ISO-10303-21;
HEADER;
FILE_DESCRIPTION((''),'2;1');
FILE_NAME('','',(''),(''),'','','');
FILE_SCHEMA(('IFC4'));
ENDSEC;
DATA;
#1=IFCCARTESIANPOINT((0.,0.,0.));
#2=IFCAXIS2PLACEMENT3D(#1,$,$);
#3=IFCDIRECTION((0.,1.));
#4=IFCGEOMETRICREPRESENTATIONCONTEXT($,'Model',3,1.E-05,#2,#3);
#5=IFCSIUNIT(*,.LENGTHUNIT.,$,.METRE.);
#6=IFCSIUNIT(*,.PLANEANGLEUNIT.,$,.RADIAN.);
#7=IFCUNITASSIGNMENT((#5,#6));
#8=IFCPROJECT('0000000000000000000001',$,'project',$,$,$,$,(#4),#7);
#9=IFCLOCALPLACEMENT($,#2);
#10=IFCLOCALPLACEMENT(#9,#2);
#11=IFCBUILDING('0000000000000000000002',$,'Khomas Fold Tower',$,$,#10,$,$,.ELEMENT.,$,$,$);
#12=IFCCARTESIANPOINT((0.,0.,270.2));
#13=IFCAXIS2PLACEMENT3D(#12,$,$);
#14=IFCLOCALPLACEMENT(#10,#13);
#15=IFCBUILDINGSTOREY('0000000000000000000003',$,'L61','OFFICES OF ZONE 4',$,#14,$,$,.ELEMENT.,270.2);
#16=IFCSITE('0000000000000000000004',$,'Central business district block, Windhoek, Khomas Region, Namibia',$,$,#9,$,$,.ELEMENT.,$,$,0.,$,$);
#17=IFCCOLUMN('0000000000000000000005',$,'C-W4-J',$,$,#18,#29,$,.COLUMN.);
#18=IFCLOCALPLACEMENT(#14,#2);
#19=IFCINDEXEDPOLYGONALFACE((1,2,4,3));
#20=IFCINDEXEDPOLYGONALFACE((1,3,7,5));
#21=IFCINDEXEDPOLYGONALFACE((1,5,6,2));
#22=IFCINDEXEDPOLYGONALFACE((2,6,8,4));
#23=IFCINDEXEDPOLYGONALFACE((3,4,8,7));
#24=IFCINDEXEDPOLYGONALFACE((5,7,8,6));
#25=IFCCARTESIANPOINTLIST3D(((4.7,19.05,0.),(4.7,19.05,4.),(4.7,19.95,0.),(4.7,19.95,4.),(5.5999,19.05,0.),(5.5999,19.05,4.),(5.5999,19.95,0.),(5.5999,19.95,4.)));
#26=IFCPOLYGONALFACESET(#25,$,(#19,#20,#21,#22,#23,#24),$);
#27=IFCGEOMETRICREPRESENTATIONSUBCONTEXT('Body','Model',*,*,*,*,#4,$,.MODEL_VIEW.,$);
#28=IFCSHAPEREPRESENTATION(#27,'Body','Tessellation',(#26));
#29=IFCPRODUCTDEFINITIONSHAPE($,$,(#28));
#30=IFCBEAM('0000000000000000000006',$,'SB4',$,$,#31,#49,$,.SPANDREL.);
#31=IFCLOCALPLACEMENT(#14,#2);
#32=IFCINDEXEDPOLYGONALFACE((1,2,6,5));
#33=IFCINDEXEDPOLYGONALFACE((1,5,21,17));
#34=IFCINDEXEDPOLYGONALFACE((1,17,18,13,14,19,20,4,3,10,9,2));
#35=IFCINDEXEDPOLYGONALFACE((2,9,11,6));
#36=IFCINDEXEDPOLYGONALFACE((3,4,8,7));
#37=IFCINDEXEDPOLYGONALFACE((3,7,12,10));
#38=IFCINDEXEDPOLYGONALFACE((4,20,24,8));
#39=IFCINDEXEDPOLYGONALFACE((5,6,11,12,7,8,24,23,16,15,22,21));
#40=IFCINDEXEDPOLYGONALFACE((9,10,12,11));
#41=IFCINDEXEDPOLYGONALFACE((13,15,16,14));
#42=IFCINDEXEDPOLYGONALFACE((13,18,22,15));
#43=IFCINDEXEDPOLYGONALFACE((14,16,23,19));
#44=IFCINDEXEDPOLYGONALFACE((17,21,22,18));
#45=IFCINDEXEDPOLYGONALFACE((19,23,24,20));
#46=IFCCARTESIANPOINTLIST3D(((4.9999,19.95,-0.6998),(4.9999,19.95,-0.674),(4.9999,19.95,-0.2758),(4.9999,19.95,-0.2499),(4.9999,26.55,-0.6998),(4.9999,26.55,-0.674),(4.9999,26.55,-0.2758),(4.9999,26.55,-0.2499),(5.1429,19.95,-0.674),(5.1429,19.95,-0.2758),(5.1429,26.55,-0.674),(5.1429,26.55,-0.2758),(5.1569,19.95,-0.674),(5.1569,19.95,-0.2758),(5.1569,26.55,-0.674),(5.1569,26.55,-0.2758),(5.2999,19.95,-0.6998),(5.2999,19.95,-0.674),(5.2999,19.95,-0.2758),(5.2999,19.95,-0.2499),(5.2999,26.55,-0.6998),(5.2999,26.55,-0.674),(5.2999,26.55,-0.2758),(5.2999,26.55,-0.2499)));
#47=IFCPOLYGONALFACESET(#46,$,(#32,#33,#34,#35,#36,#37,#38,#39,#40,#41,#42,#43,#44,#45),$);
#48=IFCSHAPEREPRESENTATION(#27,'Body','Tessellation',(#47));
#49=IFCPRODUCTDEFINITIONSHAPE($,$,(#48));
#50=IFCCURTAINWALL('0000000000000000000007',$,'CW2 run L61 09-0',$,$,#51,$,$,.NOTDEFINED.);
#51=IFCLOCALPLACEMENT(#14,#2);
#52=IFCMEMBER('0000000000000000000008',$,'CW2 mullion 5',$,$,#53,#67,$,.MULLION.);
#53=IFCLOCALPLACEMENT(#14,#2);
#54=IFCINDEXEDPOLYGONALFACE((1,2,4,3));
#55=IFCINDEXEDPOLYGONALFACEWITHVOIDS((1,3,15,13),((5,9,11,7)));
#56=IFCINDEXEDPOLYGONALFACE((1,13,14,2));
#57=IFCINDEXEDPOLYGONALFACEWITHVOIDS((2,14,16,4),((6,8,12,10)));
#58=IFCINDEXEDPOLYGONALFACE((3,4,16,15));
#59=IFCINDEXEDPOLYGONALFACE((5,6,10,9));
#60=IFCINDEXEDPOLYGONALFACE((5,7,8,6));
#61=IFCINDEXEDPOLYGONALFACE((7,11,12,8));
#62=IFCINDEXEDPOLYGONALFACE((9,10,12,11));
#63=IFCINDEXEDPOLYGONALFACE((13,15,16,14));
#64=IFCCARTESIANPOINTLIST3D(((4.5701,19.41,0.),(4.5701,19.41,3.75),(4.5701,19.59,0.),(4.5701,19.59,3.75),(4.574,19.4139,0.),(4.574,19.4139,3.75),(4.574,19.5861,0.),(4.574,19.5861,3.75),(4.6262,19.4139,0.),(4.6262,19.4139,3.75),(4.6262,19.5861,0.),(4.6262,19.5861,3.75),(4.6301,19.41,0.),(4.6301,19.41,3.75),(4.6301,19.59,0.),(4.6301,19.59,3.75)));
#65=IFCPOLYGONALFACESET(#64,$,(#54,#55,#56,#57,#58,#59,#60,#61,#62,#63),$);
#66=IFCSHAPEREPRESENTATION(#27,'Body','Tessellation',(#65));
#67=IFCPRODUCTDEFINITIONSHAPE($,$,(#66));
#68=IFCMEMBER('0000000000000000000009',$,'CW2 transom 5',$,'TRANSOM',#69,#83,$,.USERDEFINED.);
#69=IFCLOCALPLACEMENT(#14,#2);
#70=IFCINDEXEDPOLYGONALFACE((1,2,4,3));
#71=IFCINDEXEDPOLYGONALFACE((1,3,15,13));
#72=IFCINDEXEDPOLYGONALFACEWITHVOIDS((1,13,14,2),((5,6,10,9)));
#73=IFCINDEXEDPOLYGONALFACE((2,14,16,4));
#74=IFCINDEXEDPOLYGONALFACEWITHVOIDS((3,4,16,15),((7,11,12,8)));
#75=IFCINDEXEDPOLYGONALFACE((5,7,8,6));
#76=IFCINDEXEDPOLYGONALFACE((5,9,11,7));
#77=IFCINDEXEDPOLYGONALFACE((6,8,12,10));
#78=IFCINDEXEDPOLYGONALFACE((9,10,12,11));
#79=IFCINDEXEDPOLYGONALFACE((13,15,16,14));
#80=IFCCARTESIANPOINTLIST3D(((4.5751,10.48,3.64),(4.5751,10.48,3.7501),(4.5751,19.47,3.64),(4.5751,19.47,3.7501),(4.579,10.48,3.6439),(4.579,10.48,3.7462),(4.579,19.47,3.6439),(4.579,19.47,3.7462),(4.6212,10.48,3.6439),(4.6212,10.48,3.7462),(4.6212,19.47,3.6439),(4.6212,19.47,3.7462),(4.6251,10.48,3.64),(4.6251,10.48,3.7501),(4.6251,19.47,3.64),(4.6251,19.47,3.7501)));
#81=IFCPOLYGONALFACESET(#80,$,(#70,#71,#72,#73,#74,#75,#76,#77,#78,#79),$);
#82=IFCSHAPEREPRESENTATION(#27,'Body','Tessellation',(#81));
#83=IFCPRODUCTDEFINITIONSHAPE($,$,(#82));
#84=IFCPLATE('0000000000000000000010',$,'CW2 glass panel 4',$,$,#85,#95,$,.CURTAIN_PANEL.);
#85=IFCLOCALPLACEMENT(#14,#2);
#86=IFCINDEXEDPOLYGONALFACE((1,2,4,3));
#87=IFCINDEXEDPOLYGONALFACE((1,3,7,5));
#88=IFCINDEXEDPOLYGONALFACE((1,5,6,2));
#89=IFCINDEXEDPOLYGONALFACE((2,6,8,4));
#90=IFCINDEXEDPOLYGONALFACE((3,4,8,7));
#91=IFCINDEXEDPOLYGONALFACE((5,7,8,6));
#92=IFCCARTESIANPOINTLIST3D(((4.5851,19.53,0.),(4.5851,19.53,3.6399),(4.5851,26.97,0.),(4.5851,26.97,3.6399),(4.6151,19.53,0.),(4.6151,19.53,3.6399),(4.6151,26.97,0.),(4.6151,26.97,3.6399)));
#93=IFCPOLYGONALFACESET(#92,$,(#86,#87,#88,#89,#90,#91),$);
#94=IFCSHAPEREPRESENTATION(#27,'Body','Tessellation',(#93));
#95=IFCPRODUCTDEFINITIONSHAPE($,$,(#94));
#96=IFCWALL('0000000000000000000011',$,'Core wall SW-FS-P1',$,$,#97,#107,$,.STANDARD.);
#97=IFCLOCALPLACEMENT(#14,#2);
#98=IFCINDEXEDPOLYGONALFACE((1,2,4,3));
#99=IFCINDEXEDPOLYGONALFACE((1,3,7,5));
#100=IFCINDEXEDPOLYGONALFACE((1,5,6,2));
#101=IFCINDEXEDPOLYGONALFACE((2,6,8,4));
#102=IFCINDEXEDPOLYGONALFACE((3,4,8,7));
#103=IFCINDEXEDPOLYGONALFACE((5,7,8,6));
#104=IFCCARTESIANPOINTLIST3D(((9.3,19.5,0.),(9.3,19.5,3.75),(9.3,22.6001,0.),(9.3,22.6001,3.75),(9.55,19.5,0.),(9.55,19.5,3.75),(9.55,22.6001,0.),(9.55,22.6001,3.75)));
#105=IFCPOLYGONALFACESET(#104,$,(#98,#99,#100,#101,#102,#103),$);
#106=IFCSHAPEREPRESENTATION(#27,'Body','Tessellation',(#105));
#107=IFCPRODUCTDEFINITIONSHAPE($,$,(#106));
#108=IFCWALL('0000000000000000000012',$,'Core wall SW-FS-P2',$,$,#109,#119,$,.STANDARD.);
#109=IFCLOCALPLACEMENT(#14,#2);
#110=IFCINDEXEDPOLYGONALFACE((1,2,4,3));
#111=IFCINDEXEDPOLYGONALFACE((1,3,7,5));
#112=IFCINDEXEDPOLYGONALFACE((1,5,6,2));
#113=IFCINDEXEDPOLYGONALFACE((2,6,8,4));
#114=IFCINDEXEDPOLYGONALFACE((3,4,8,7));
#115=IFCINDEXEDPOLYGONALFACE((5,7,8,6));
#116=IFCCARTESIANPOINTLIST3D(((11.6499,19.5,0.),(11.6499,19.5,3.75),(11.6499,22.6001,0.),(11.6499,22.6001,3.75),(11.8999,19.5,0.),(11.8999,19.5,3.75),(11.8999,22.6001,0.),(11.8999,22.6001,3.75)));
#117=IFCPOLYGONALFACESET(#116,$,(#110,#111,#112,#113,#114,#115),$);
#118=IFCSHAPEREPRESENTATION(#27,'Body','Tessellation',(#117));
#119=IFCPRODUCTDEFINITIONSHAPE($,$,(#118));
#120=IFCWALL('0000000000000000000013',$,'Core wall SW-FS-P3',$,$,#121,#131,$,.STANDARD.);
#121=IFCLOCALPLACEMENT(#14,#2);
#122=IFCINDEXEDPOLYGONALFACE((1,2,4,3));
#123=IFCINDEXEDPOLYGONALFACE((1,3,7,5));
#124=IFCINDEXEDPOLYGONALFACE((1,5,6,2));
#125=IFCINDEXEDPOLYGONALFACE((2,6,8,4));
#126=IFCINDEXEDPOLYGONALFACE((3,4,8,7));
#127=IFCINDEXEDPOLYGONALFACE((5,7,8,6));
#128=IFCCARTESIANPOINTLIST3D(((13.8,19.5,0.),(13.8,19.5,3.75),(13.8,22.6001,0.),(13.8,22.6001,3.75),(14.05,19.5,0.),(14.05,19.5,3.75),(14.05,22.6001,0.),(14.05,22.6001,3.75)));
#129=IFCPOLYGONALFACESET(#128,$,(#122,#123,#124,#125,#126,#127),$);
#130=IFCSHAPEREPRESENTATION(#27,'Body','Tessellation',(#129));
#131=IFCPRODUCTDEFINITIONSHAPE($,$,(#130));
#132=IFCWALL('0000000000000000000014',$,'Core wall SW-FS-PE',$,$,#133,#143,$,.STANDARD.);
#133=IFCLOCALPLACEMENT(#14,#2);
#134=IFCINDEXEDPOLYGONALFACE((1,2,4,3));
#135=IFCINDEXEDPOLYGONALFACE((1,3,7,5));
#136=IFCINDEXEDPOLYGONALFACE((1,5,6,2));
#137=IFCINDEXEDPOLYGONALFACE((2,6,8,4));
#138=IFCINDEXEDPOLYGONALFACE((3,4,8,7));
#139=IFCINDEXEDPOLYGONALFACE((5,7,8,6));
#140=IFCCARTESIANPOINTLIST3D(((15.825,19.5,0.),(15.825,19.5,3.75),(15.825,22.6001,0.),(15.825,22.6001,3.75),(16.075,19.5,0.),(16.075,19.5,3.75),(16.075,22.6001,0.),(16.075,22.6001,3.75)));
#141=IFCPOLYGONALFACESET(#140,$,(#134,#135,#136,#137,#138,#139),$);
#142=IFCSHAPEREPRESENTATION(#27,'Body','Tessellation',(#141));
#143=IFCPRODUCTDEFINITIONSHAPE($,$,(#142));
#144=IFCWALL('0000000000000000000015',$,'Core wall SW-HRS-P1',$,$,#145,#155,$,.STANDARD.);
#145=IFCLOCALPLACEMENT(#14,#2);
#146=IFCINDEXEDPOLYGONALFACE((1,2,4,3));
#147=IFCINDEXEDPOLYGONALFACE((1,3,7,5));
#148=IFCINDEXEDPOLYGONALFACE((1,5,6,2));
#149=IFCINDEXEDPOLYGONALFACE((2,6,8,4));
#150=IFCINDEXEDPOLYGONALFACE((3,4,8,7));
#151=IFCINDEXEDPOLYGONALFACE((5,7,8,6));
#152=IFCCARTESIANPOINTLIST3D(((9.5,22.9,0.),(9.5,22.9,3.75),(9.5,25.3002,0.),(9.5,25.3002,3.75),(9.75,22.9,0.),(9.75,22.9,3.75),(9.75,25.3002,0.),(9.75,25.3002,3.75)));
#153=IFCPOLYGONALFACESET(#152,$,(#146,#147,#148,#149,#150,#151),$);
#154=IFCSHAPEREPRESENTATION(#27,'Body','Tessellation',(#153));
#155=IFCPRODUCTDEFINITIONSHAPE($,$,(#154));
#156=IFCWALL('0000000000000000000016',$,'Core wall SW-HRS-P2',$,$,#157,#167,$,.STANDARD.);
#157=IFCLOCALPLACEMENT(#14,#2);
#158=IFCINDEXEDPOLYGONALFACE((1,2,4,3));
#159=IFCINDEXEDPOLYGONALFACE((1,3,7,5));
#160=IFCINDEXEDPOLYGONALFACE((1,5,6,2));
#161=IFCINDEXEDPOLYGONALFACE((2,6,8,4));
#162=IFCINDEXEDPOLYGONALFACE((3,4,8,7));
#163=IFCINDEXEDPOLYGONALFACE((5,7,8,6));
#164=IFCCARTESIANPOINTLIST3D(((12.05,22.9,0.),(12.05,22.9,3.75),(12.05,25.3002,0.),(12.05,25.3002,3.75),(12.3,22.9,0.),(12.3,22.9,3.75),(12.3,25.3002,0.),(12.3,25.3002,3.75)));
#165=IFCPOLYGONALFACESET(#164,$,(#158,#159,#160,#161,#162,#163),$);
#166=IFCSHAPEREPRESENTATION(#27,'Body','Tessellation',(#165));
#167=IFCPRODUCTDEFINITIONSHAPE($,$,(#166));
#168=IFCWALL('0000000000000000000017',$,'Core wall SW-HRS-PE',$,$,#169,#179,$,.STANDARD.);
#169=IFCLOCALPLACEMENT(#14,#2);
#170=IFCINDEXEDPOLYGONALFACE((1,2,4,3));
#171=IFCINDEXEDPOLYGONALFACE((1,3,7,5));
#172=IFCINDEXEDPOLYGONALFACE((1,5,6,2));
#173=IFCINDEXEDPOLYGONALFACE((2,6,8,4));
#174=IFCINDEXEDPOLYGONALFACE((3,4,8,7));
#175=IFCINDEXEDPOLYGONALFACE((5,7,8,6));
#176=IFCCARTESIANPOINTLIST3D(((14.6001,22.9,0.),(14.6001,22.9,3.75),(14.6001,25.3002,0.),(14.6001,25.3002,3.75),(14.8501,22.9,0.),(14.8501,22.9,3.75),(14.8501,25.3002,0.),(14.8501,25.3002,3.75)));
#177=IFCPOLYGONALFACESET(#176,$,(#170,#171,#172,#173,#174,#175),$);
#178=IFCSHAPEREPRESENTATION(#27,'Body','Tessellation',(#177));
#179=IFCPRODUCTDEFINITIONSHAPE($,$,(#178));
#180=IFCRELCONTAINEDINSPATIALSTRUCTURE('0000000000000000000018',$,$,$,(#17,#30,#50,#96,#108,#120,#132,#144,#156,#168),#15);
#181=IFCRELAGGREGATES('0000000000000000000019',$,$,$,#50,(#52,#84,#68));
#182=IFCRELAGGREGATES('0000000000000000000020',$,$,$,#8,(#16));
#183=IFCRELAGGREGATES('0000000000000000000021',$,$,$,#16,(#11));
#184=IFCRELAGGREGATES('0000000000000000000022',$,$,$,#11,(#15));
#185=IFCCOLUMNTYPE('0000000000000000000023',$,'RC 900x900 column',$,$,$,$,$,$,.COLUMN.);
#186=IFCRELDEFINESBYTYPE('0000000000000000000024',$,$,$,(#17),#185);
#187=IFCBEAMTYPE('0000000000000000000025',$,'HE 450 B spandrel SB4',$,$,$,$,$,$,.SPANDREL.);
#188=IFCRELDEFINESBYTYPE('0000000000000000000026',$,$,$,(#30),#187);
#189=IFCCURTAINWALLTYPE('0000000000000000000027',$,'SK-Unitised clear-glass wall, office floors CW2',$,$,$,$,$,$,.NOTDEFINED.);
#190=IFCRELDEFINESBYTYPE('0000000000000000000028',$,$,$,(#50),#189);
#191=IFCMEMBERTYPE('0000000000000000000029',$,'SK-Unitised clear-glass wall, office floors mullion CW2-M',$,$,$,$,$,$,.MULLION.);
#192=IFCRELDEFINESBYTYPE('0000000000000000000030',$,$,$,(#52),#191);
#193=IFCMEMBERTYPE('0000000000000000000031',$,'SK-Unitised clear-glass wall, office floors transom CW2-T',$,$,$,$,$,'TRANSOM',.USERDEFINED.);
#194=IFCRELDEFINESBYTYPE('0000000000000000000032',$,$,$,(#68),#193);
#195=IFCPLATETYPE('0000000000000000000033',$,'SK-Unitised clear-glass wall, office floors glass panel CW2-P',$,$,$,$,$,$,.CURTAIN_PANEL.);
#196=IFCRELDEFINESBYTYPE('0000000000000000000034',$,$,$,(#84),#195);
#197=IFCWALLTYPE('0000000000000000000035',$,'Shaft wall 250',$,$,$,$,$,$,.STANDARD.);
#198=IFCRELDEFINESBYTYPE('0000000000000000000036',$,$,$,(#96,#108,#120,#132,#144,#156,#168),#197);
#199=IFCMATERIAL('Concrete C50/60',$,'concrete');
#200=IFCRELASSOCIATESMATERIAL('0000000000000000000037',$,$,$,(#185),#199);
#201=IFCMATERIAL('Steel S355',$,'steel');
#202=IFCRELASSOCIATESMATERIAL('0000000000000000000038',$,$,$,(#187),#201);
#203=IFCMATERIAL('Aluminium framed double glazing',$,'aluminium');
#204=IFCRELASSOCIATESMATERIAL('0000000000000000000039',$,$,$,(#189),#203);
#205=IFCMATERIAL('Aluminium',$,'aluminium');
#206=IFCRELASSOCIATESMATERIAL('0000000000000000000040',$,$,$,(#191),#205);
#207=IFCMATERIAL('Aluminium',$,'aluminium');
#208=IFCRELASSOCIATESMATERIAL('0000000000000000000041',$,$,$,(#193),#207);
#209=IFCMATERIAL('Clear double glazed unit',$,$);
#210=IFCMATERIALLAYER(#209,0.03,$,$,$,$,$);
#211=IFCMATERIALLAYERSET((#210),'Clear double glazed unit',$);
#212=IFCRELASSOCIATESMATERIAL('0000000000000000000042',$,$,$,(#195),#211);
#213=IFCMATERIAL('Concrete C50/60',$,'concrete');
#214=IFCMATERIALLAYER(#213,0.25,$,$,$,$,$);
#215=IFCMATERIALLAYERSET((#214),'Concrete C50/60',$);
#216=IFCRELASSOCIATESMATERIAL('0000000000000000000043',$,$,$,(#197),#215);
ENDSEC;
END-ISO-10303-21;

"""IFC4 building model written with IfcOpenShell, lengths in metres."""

from ifc_helpers import new_model, si_unit, direction, frame, frame_2d, origin, origin_2d, place, context, subcontext, project, spatial, rectangle, hollow_rectangle, i_section, extrude, source, transform, mapped, material, layer, layer_set, material_profile, profile_set, type_object, element, aggregate, save


model = new_model("IFC4")

# Units and contexts
model_context = context("Model", 3, precision=1e-05, world=origin(), true_north=direction((0.0, 1.0)))
body_context = subcontext(model_context, "Body", "Model", "MODEL_VIEW")
ifc_project = project(units=[si_unit("LENGTHUNIT", "METRE"), si_unit("PLANEANGLEUNIT", "RADIAN")], contexts=[model_context])

# Site, building, storey
site_placement = place(None, origin())
site = spatial("IfcSite", under=ifc_project, at=site_placement, Name="Central business district block, Windhoek, Khomas Region, Namibia", CompositionType="ELEMENT", RefElevation=0.0)
building_placement = place(site_placement, origin())
building = spatial("IfcBuilding", under=site, at=building_placement, Name="Khomas Fold Tower", CompositionType="ELEMENT")
storey_placement = place(building_placement, frame((0.0, 0.0, 270.2)))
storey = spatial("IfcBuildingStorey", under=building, at=storey_placement, Name="L61", Description="OFFICES OF ZONE 4", CompositionType="ELEMENT", Elevation=270.2)

# Column
ifc_material_1 = material(Name="Concrete C50/60", Category="concrete")
ifc_material_profile_1 = material_profile(ifc_material_1, rectangle(XDim=0.8999, YDim=0.8999, at=origin_2d()), Name="RC 900x900")
ifc_profile_set_1 = profile_set([ifc_material_profile_1], Name="Concrete C50/60")
column_type = type_object("IfcColumnType", Name="RC 900x900 column", PredefinedType="COLUMN", material=ifc_profile_set_1)
shared_shape_1 = source(origin(), body_context, "Body", "SweptSolid", [
    extrude(rectangle(XDim=0.8999, YDim=0.8999, at=origin_2d()), origin(), (0.0, 0.0, 1.0), 4.0),
])
column_placement = place(storey_placement, frame((5.1499, 19.5, 0.0), z_axis=(0.0, 0.0, 1.0), x_axis=(1.0, 0.0, 0.0)))
element("IfcColumn", 1, at=column_placement, inside=storey, type_object=column_type, Name="C-W4-J", PredefinedType="COLUMN", context=body_context, shape_type="MappedRepresentation", body=[
    mapped(shared_shape_1, transform((0.0, 0.0, 0.0))),
])

# Beam
ifc_material_2 = material(Name="Steel S355", Category="steel")
ifc_material_profile_2 = material_profile(ifc_material_2, i_section(OverallWidth=0.3, OverallDepth=0.45, WebThickness=0.0139, FlangeThickness=0.0259, at=origin_2d()), Name="HE 450 B")
ifc_profile_set_2 = profile_set([ifc_material_profile_2], Name="Steel S355")
beam_type = type_object("IfcBeamType", Name="HE 450 B spandrel SB4", PredefinedType="SPANDREL", material=ifc_profile_set_2)
shared_shape_2 = source(origin(), body_context, "Body", "SweptSolid", [
    extrude(i_section(OverallWidth=0.3, OverallDepth=0.45, WebThickness=0.0139, FlangeThickness=0.0259, at=origin_2d()), origin(), (0.0, 0.0, 1.0), 6.6001),
])
beam_placement = place(storey_placement, frame((5.1499, 19.95, -0.4749), z_axis=(0.0, 1.0, 0.0), x_axis=(-1.0, 0.0, 0.0)))
element("IfcBeam", 2, at=beam_placement, inside=storey, type_object=beam_type, Name="SB4", PredefinedType="SPANDREL", context=body_context, shape_type="MappedRepresentation", body=[
    mapped(shared_shape_2, transform((0.0, 0.0, 0.0))),
])

# Curtain wall, members, plate
ifc_material_3 = material(Name="Aluminium framed double glazing", Category="aluminium")
curtain_wall_type = type_object("IfcCurtainWallType", Name="SK-Unitised clear-glass wall, office floors CW2", PredefinedType="NOTDEFINED", material=ifc_material_3)
curtain_wall_placement = place(storey_placement, origin())
curtain_wall = element("IfcCurtainWall", 3, at=curtain_wall_placement, inside=storey, type_object=curtain_wall_type, Name="CW2 run L61 09-0", PredefinedType="NOTDEFINED")
ifc_material_4 = material(Name="Aluminium", Category="aluminium")
ifc_material_profile_3 = material_profile(ifc_material_4, hollow_rectangle(XDim=0.0601, YDim=0.1799, WallThickness=0.0039, at=origin_2d()), Name="SK-Unitised clear-glass wall, office floors mullion CW2-M")
ifc_profile_set_3 = profile_set([ifc_material_profile_3], Name="Aluminium")
member_type_1 = type_object("IfcMemberType", Name="SK-Unitised clear-glass wall, office floors mullion CW2-M", PredefinedType="MULLION", material=ifc_profile_set_3)
shared_shape_3 = source(origin(), body_context, "Body", "SweptSolid", [
    extrude(hollow_rectangle(XDim=0.0601, YDim=0.1799, WallThickness=0.0039, at=origin_2d()), origin(), (0.0, 0.0, 1.0), 3.75),
])
member_1_placement = place(storey_placement, frame((4.6001, 19.5, 0.0), z_axis=(0.0, 0.0, 1.0), x_axis=(1.0, 0.0, 0.0)))
member_1 = element("IfcMember", 4, at=member_1_placement, type_object=member_type_1, Name="CW2 mullion 5", PredefinedType="MULLION", context=body_context, shape_type="MappedRepresentation", body=[
    mapped(shared_shape_3, transform((0.0, 0.0, 0.0))),
])
ifc_material_5 = material(Name="Aluminium", Category="aluminium")
ifc_material_profile_4 = material_profile(ifc_material_5, hollow_rectangle(XDim=0.05, YDim=0.1101, WallThickness=0.0039, at=origin_2d()), Name="SK-Unitised clear-glass wall, office floors transom CW2-T")
ifc_profile_set_4 = profile_set([ifc_material_profile_4], Name="Aluminium")
member_type_2 = type_object("IfcMemberType", Name="SK-Unitised clear-glass wall, office floors transom CW2-T", ElementType="TRANSOM", PredefinedType="USERDEFINED", material=ifc_profile_set_4)
shared_shape_4 = source(origin(), body_context, "Body", "SweptSolid", [
    extrude(hollow_rectangle(XDim=0.05, YDim=0.1101, WallThickness=0.0039, at=origin_2d()), origin(), (0.0, 0.0, 1.0), 8.99),
])
member_2_placement = place(storey_placement, frame((4.6001, 19.47, 3.6951), z_axis=(0.0, -1.0, 0.0), x_axis=(1.0, 0.0, 0.0)))
member_2 = element("IfcMember", 5, at=member_2_placement, type_object=member_type_2, Name="CW2 transom 5", ObjectType="TRANSOM", PredefinedType="USERDEFINED", context=body_context, shape_type="MappedRepresentation", body=[
    mapped(shared_shape_4, transform((0.0, 0.0, 0.0))),
])
ifc_material_6 = material(Name="Clear double glazed unit")
ifc_layer_1 = layer(ifc_material_6, 0.03)
ifc_layer_set_1 = layer_set([ifc_layer_1], Name="Clear double glazed unit")
plate_type = type_object("IfcPlateType", Name="SK-Unitised clear-glass wall, office floors glass panel CW2-P", PredefinedType="CURTAIN_PANEL", material=ifc_layer_set_1)
shared_shape_5 = source(origin(), body_context, "Body", "SweptSolid", [
    extrude(rectangle(XDim=7.4399, YDim=0.03, at=origin_2d()), origin(), (0.0, 0.0, 1.0), 3.6399),
])
plate_placement = place(storey_placement, frame((4.6001, 23.25, 0.0), z_axis=(0.0, 0.0, 1.0), x_axis=(0.0, -1.0, 0.0)))
plate = element("IfcPlate", 6, at=plate_placement, type_object=plate_type, Name="CW2 glass panel 4", PredefinedType="CURTAIN_PANEL", context=body_context, shape_type="MappedRepresentation", body=[
    mapped(shared_shape_5, transform((0.0, 0.0, 0.0))),
])
aggregate(curtain_wall, [member_1, plate, member_2])

# Walls
ifc_material_7 = material(Name="Concrete C50/60", Category="concrete")
ifc_layer_2 = layer(ifc_material_7, 0.25)
ifc_layer_set_2 = layer_set([ifc_layer_2], Name="Concrete C50/60")
wall_type_1 = type_object("IfcWallType", Name="Shaft wall 250", PredefinedType="STANDARD", material=ifc_layer_set_2)
shared_shape_6 = source(origin(), body_context, "Body", "SweptSolid", [
    extrude(rectangle(XDim=3.1001, YDim=0.25, at=frame_2d((1.55, 0.0))), origin(), (0.0, 0.0, 1.0), 3.75),
])
for number, where, z_axis, x_axis, name in (
    (7, (9.425, 19.5, 0.0), (0.0, 0.0, 1.0), (0.0, 1.0, 0.0), "Core wall SW-FS-P1"),
    (8, (11.7749, 19.5, 0.0), (0.0, 0.0, 1.0), (0.0, 1.0, 0.0), "Core wall SW-FS-P2"),
    (9, (13.925, 19.5, 0.0), (0.0, 0.0, 1.0), (0.0, 1.0, 0.0), "Core wall SW-FS-P3"),
    (10, (15.95, 19.5, 0.0), (0.0, 0.0, 1.0), (0.0, 1.0, 0.0), "Core wall SW-FS-PE"),
):
    element("IfcWall", number, at=place(storey_placement, frame(where, z_axis=z_axis, x_axis=x_axis)), inside=storey, type_object=wall_type_1, Name=name, PredefinedType="STANDARD", context=body_context, shape_type="MappedRepresentation", body=[
        mapped(shared_shape_6, transform((0.0, 0.0, 0.0))),
    ])
shared_shape_7 = source(origin(), body_context, "Body", "SweptSolid", [
    extrude(rectangle(XDim=2.4001, YDim=0.25, at=frame_2d((1.2002, 0.0))), origin(), (0.0, 0.0, 1.0), 3.75),
])
for number, where, z_axis, x_axis, name in (
    (11, (9.625, 22.8999, 0.0), (0.0, 0.0, 1.0), (0.0, 1.0, 0.0), "Core wall SW-HRS-P1"),
    (12, (12.175, 22.8999, 0.0), (0.0, 0.0, 1.0), (0.0, 1.0, 0.0), "Core wall SW-HRS-P2"),
    (13, (14.7251, 22.8999, 0.0), (0.0, 0.0, 1.0), (0.0, 1.0, 0.0), "Core wall SW-HRS-PE"),
):
    element("IfcWall", number, at=place(storey_placement, frame(where, z_axis=z_axis, x_axis=x_axis)), inside=storey, type_object=wall_type_1, Name=name, PredefinedType="STANDARD", context=body_context, shape_type="MappedRepresentation", body=[
        mapped(shared_shape_7, transform((0.0, 0.0, 0.0))),
    ])

save(model, "model.ifc")
